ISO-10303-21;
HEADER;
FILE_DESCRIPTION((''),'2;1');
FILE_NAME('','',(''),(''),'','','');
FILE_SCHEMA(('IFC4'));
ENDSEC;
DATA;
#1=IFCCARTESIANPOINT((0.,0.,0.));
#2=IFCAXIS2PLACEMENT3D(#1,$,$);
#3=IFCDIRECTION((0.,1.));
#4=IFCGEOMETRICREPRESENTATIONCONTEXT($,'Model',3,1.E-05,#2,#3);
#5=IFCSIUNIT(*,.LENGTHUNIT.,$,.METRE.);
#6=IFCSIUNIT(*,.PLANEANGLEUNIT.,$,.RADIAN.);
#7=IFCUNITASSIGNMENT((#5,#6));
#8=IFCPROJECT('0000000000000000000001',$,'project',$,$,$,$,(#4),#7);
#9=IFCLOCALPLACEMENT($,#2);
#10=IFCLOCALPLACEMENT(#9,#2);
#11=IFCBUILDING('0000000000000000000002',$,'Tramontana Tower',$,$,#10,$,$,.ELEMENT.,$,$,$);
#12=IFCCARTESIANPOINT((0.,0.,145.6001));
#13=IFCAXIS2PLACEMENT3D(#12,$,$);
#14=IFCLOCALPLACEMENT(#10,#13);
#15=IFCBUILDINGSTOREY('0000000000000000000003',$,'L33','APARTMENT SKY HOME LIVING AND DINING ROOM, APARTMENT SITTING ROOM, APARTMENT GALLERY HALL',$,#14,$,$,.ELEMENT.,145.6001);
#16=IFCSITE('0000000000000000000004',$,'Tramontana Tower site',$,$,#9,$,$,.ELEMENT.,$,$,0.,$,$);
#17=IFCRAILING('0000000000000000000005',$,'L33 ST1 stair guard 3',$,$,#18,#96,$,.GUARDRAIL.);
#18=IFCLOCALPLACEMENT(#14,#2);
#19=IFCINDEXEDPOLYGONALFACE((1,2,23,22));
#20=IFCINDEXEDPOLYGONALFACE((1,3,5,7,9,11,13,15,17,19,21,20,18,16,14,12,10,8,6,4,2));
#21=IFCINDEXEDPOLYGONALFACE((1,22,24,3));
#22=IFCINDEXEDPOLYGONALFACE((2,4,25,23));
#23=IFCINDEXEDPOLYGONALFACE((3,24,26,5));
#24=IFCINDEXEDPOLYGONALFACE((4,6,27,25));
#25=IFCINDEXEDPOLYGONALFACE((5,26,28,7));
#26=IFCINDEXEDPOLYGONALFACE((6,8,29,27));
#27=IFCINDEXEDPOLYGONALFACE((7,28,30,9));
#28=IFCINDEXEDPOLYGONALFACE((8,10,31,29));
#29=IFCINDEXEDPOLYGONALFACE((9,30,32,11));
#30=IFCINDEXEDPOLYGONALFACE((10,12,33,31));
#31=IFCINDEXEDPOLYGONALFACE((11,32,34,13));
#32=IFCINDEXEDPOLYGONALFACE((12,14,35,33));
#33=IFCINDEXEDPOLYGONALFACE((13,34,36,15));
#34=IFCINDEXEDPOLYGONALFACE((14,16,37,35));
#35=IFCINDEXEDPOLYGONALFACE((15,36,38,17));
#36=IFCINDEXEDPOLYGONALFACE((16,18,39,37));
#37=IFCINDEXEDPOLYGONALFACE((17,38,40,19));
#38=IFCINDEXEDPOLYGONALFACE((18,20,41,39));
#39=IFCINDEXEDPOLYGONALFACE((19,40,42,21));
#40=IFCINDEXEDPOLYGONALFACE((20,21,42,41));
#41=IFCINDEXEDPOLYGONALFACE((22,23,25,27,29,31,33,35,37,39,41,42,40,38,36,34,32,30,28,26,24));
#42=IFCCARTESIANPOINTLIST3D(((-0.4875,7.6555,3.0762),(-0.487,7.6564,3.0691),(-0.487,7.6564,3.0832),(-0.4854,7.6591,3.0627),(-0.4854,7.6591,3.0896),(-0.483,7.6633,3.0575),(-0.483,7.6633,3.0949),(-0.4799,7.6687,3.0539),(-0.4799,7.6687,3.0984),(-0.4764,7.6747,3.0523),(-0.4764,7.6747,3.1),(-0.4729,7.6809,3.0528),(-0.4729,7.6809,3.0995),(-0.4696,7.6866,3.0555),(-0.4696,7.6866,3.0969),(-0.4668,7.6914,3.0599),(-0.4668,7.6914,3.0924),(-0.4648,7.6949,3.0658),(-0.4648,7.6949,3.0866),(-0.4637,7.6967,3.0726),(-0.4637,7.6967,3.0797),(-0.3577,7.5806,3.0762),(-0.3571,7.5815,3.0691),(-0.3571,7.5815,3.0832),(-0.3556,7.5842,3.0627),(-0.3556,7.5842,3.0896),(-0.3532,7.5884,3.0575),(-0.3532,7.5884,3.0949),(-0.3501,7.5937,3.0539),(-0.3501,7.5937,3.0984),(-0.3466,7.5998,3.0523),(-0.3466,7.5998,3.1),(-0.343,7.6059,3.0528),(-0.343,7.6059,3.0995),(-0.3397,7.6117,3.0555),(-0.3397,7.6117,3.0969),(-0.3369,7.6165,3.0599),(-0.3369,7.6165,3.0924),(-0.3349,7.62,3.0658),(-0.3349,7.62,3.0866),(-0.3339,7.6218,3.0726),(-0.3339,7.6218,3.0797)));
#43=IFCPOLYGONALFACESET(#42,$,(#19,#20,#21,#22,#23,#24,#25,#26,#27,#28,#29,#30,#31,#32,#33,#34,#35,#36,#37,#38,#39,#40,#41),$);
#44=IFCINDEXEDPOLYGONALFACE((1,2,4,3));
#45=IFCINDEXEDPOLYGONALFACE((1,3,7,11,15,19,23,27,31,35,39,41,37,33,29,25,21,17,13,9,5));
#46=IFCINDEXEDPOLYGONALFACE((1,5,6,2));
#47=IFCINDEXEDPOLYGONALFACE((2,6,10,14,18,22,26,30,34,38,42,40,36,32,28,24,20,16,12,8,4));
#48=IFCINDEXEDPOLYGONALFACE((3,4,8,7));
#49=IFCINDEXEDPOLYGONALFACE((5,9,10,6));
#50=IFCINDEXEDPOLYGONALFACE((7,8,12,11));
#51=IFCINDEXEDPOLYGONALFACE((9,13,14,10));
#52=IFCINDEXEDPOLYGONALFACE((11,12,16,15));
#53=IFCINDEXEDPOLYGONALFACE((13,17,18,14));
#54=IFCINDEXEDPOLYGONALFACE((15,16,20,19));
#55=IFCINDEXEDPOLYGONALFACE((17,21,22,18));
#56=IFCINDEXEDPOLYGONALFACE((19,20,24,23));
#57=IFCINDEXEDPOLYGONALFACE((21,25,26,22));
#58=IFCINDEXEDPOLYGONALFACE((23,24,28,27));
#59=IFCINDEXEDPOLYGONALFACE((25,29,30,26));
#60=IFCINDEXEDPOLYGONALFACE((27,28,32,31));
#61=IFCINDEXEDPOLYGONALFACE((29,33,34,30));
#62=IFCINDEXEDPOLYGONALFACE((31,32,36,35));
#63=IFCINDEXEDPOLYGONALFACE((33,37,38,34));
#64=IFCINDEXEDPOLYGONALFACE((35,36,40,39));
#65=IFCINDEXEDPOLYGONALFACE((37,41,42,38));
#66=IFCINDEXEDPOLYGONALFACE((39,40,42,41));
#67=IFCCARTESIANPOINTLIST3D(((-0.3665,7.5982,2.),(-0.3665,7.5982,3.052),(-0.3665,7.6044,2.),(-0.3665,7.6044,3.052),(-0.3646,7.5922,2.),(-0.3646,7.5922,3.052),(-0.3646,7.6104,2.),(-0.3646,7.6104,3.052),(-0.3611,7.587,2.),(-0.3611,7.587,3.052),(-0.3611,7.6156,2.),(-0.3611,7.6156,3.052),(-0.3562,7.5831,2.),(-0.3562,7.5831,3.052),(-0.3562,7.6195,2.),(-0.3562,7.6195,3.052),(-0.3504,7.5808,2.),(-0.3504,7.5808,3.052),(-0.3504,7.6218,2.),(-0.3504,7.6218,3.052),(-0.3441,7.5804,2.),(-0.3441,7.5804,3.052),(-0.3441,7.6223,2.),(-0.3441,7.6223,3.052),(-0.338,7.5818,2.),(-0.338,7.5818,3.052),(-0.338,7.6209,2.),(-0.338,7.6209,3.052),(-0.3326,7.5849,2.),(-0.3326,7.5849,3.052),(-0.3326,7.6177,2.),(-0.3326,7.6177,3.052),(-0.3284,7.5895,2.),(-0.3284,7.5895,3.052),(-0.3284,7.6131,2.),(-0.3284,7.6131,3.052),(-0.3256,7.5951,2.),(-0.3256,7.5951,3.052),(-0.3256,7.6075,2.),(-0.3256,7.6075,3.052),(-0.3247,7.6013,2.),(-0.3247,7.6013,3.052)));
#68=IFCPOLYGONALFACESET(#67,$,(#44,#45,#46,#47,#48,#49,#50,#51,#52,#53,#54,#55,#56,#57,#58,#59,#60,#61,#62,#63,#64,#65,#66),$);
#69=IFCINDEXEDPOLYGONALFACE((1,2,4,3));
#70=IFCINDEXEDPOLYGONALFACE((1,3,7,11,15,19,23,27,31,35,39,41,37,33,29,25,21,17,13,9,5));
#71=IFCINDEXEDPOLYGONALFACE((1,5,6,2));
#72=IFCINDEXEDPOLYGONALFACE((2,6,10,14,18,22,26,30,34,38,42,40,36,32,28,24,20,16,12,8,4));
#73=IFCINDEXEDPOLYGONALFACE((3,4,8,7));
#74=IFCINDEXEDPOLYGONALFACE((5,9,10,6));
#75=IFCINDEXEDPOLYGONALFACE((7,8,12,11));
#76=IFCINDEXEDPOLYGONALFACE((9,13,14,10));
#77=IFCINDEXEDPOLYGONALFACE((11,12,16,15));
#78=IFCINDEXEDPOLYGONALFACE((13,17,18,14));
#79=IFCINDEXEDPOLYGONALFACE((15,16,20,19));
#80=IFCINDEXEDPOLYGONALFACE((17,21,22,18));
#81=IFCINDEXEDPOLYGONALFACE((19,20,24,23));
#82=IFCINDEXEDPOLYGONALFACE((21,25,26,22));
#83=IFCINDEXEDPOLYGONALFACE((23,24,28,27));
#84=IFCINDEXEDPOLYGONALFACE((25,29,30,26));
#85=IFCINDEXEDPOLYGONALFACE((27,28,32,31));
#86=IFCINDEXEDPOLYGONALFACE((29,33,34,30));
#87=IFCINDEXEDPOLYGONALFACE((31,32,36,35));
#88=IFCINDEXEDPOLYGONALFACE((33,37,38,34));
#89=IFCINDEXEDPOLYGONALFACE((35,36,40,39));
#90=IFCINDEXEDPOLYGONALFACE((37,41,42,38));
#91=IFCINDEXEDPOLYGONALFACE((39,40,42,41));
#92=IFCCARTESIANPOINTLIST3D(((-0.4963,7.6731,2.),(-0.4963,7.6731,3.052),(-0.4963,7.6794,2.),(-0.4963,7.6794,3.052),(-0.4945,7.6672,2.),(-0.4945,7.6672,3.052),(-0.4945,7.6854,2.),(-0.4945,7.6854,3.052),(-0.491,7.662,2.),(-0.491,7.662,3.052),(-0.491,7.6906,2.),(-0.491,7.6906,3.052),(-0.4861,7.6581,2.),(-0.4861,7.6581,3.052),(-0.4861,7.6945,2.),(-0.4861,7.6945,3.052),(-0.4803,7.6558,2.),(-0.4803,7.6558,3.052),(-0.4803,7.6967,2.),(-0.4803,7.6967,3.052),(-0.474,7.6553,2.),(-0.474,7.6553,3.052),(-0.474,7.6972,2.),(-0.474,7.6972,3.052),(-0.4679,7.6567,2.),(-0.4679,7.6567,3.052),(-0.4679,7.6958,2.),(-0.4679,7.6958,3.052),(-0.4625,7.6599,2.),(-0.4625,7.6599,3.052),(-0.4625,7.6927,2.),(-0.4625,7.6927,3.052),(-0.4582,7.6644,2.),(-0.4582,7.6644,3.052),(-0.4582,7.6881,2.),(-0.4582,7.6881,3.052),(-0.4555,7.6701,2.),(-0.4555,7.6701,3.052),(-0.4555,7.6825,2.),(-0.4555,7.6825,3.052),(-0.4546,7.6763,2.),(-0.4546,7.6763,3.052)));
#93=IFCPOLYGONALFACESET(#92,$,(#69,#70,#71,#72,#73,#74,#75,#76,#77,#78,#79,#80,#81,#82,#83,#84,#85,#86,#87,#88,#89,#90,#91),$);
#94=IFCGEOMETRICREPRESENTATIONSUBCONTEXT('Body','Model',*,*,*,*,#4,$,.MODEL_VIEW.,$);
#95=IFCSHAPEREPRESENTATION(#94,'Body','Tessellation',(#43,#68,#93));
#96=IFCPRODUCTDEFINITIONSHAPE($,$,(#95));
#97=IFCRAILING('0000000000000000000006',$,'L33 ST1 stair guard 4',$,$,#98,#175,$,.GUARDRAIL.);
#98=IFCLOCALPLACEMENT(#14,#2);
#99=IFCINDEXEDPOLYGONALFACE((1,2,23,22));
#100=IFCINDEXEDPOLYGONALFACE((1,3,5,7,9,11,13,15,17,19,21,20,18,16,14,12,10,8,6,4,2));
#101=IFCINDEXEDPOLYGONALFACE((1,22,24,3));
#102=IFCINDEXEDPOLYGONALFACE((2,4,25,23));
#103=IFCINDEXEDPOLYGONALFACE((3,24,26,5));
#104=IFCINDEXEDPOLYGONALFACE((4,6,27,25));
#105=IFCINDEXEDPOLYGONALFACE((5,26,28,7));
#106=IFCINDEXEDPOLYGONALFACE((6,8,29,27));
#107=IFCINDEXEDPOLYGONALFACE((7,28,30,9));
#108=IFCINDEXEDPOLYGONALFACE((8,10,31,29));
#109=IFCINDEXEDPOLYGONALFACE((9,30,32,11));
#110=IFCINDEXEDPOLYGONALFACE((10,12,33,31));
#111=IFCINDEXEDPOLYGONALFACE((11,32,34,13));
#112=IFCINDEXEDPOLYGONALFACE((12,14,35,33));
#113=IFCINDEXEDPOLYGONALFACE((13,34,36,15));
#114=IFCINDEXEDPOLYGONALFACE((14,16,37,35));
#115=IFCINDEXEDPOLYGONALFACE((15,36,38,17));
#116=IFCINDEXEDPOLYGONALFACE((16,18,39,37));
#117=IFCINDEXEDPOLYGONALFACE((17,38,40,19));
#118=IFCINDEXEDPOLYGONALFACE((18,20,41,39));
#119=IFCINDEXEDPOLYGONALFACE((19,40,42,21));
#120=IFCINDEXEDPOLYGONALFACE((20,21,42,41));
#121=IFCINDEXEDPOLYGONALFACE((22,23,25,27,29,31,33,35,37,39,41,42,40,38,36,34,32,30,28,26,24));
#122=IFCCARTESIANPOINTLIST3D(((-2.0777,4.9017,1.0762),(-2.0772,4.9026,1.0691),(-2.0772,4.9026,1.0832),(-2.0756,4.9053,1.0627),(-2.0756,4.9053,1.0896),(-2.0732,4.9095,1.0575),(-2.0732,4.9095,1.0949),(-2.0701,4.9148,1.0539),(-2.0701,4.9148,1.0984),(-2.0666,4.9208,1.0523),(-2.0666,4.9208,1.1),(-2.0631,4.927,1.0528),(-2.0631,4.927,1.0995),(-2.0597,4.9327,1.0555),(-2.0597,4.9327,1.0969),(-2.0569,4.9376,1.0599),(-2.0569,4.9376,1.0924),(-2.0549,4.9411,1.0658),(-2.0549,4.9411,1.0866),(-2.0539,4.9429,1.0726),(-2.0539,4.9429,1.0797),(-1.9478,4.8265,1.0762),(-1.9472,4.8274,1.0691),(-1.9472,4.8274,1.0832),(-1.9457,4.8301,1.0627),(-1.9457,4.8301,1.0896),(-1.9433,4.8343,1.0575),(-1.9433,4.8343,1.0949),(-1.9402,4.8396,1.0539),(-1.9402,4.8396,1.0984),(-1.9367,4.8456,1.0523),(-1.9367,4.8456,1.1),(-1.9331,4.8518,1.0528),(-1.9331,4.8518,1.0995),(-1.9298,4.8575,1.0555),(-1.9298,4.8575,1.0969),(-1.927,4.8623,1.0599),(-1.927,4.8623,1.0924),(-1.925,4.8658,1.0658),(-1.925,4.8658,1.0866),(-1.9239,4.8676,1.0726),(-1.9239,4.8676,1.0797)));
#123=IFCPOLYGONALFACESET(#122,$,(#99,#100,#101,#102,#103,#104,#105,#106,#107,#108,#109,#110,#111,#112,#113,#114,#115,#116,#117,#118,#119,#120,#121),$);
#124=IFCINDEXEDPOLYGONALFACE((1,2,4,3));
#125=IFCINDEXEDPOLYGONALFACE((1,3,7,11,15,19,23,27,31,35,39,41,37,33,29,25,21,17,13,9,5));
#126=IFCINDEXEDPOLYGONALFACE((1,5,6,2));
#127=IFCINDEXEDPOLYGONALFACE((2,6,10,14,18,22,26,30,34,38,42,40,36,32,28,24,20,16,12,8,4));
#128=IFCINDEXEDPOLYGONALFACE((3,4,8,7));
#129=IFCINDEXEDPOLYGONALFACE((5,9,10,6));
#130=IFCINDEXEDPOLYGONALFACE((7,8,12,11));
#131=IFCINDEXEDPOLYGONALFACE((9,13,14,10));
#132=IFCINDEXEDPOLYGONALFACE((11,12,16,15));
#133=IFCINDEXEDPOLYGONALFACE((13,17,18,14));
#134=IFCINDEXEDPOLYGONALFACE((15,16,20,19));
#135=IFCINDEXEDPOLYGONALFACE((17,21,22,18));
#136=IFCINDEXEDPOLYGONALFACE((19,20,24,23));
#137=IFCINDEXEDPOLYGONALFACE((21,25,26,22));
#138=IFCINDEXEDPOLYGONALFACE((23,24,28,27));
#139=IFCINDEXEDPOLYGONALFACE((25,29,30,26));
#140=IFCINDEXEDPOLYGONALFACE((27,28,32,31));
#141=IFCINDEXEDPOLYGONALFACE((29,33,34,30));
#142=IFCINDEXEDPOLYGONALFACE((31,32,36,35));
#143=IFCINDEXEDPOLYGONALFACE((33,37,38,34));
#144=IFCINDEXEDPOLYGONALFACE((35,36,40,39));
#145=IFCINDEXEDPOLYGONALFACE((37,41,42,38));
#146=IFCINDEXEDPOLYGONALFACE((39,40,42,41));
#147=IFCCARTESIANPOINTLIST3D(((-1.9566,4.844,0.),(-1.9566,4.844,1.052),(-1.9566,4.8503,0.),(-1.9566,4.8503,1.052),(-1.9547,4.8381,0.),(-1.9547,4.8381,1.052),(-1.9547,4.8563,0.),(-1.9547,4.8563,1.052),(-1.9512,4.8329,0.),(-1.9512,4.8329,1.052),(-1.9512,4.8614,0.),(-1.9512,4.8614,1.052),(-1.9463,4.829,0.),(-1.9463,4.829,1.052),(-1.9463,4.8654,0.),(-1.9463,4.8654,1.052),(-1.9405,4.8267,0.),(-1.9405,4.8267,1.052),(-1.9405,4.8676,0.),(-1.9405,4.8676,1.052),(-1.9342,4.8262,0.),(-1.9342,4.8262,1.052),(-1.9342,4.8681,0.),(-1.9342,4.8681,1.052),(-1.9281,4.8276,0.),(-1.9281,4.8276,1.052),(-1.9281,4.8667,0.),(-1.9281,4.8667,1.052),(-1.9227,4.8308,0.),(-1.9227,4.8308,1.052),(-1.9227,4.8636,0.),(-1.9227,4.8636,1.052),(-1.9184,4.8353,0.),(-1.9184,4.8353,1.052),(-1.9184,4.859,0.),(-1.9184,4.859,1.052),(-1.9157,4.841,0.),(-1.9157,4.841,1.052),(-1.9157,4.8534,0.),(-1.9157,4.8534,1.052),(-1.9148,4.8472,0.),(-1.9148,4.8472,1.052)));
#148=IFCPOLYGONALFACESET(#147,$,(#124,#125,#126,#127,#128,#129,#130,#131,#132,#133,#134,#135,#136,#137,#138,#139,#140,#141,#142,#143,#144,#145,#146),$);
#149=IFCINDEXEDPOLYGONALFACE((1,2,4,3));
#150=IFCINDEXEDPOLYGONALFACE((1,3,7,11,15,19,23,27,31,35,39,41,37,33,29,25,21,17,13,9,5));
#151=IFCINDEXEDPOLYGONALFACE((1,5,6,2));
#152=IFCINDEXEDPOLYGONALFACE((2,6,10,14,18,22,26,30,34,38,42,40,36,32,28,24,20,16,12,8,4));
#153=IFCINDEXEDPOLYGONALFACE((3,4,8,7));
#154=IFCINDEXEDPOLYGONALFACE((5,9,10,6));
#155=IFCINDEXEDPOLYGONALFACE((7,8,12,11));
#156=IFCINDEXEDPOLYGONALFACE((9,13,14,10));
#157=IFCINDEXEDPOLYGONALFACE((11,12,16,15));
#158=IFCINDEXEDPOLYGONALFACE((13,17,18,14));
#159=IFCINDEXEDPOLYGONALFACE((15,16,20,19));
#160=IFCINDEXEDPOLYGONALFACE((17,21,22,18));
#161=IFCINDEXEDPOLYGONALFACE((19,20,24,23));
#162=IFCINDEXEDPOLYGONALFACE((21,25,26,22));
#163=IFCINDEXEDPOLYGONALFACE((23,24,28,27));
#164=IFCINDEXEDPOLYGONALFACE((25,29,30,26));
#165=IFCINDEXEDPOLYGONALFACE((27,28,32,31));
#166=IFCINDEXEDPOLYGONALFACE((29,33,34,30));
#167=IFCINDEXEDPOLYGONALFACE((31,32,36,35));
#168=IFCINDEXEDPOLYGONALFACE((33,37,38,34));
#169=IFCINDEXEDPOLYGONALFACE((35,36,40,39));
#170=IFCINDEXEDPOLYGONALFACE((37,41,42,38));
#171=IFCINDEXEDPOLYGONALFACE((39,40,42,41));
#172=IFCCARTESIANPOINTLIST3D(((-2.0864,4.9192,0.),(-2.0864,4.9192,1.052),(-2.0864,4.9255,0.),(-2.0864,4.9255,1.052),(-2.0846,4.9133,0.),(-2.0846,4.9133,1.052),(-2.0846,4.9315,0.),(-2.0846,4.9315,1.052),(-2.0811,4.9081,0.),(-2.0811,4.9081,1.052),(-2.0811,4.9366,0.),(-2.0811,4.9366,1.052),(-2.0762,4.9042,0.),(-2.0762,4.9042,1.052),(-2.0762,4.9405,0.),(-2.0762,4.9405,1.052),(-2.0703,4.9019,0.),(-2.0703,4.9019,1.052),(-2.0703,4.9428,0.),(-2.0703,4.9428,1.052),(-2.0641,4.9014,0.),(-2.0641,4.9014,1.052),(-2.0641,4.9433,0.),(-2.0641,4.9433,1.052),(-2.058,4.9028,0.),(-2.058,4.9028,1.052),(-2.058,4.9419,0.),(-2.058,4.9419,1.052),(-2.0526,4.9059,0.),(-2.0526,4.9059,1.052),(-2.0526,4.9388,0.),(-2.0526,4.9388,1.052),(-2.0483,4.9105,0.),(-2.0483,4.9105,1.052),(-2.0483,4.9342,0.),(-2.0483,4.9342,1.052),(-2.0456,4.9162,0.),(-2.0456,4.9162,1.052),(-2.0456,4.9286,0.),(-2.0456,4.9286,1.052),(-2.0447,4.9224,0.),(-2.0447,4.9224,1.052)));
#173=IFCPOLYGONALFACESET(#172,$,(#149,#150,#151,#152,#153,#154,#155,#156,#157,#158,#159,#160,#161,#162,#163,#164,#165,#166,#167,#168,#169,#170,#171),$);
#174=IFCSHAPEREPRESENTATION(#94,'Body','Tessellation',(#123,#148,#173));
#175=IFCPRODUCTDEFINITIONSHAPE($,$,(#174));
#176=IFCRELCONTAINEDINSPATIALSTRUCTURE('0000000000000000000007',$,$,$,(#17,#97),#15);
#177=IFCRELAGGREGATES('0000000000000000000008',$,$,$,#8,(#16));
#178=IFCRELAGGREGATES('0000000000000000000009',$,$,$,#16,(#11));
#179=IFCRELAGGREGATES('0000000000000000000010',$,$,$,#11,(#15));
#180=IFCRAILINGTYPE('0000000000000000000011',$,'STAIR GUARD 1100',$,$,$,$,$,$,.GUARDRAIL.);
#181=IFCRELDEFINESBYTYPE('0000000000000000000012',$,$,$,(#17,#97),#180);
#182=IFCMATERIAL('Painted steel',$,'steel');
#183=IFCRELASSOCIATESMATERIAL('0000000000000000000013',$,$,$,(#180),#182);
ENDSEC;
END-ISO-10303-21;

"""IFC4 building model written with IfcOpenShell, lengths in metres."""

from ifc_helpers import new_model, si_unit, direction, frame, origin, origin_2d, place, context, subcontext, project, spatial, circle, extrude, material, type_object, element, save


model = new_model("IFC4")

# Units and contexts
model_context = context("Model", 3, precision=1e-05, world=origin(), true_north=direction((0.0, 1.0)))
body_context = subcontext(model_context, "Body", "Model", "MODEL_VIEW")
ifc_project = project(units=[si_unit("LENGTHUNIT", "METRE"), si_unit("PLANEANGLEUNIT", "RADIAN")], contexts=[model_context])

# Site, building, storey
site_placement = place(None, origin())
site = spatial("IfcSite", under=ifc_project, at=site_placement, Name="Tramontana Tower site", CompositionType="ELEMENT", RefElevation=0.0)
building_placement = place(site_placement, origin())
building = spatial("IfcBuilding", under=site, at=building_placement, Name="Tramontana Tower", CompositionType="ELEMENT")
storey_placement = place(building_placement, frame((0.0, 0.0, 145.6001)))
storey = spatial("IfcBuildingStorey", under=building, at=storey_placement, Name="L33", Description="APARTMENT SKY HOME LIVING AND DINING ROOM, APARTMENT SITTING ROOM, APARTMENT GALLERY HALL", CompositionType="ELEMENT", Elevation=145.6001)

# Railings
ifc_material_1 = material(Name="Painted steel", Category="steel")
railing_type_1 = type_object("IfcRailingType", Name="STAIR GUARD 1100", PredefinedType="GUARDRAIL", material=ifc_material_1)
railing_1_placement = place(storey_placement, frame((-0.3457, 7.6013, 2.0)))
element("IfcRailing", 1, at=railing_1_placement, inside=storey, type_object=railing_type_1, Name="L33 ST1 stair guard 3", PredefinedType="GUARDRAIL", context=body_context, shape_type="SweptSolid", body=[
    extrude(circle(Radius=0.0239, at=origin_2d()), frame((0.0, 0.0, 1.0762), z_axis=(-0.866131, 0.499816, 0.0), x_axis=(-0.499816, -0.866131, 0.0)), (0.0, 0.0, 1.0), 0.1499),
    extrude(circle(Radius=0.021, at=origin_2d()), origin(), (0.0, 0.0, 1.0), 1.052),
    extrude(circle(Radius=0.021, at=origin_2d()), frame((-0.1299, 0.075, 0.0)), (0.0, 0.0, 1.0), 1.052),
])
railing_2_placement = place(storey_placement, frame((-1.9358, 4.8472, 0.0)))
element("IfcRailing", 2, at=railing_2_placement, inside=storey, type_object=railing_type_1, Name="L33 ST1 stair guard 4", PredefinedType="GUARDRAIL", context=body_context, shape_type="SweptSolid", body=[
    extrude(circle(Radius=0.0239, at=origin_2d()), frame((0.0, 0.0, 1.0762), z_axis=(-0.865426, 0.501036, 0.0), x_axis=(-0.501036, -0.865426, 0.0)), (0.0, 0.0, 1.0), 0.1501),
    extrude(circle(Radius=0.021, at=origin_2d()), origin(), (0.0, 0.0, 1.0), 1.052),
    extrude(circle(Radius=0.021, at=origin_2d()), frame((-0.1299, 0.0752, 0.0)), (0.0, 0.0, 1.0), 1.052),
])

save(model, "model.ifc")
